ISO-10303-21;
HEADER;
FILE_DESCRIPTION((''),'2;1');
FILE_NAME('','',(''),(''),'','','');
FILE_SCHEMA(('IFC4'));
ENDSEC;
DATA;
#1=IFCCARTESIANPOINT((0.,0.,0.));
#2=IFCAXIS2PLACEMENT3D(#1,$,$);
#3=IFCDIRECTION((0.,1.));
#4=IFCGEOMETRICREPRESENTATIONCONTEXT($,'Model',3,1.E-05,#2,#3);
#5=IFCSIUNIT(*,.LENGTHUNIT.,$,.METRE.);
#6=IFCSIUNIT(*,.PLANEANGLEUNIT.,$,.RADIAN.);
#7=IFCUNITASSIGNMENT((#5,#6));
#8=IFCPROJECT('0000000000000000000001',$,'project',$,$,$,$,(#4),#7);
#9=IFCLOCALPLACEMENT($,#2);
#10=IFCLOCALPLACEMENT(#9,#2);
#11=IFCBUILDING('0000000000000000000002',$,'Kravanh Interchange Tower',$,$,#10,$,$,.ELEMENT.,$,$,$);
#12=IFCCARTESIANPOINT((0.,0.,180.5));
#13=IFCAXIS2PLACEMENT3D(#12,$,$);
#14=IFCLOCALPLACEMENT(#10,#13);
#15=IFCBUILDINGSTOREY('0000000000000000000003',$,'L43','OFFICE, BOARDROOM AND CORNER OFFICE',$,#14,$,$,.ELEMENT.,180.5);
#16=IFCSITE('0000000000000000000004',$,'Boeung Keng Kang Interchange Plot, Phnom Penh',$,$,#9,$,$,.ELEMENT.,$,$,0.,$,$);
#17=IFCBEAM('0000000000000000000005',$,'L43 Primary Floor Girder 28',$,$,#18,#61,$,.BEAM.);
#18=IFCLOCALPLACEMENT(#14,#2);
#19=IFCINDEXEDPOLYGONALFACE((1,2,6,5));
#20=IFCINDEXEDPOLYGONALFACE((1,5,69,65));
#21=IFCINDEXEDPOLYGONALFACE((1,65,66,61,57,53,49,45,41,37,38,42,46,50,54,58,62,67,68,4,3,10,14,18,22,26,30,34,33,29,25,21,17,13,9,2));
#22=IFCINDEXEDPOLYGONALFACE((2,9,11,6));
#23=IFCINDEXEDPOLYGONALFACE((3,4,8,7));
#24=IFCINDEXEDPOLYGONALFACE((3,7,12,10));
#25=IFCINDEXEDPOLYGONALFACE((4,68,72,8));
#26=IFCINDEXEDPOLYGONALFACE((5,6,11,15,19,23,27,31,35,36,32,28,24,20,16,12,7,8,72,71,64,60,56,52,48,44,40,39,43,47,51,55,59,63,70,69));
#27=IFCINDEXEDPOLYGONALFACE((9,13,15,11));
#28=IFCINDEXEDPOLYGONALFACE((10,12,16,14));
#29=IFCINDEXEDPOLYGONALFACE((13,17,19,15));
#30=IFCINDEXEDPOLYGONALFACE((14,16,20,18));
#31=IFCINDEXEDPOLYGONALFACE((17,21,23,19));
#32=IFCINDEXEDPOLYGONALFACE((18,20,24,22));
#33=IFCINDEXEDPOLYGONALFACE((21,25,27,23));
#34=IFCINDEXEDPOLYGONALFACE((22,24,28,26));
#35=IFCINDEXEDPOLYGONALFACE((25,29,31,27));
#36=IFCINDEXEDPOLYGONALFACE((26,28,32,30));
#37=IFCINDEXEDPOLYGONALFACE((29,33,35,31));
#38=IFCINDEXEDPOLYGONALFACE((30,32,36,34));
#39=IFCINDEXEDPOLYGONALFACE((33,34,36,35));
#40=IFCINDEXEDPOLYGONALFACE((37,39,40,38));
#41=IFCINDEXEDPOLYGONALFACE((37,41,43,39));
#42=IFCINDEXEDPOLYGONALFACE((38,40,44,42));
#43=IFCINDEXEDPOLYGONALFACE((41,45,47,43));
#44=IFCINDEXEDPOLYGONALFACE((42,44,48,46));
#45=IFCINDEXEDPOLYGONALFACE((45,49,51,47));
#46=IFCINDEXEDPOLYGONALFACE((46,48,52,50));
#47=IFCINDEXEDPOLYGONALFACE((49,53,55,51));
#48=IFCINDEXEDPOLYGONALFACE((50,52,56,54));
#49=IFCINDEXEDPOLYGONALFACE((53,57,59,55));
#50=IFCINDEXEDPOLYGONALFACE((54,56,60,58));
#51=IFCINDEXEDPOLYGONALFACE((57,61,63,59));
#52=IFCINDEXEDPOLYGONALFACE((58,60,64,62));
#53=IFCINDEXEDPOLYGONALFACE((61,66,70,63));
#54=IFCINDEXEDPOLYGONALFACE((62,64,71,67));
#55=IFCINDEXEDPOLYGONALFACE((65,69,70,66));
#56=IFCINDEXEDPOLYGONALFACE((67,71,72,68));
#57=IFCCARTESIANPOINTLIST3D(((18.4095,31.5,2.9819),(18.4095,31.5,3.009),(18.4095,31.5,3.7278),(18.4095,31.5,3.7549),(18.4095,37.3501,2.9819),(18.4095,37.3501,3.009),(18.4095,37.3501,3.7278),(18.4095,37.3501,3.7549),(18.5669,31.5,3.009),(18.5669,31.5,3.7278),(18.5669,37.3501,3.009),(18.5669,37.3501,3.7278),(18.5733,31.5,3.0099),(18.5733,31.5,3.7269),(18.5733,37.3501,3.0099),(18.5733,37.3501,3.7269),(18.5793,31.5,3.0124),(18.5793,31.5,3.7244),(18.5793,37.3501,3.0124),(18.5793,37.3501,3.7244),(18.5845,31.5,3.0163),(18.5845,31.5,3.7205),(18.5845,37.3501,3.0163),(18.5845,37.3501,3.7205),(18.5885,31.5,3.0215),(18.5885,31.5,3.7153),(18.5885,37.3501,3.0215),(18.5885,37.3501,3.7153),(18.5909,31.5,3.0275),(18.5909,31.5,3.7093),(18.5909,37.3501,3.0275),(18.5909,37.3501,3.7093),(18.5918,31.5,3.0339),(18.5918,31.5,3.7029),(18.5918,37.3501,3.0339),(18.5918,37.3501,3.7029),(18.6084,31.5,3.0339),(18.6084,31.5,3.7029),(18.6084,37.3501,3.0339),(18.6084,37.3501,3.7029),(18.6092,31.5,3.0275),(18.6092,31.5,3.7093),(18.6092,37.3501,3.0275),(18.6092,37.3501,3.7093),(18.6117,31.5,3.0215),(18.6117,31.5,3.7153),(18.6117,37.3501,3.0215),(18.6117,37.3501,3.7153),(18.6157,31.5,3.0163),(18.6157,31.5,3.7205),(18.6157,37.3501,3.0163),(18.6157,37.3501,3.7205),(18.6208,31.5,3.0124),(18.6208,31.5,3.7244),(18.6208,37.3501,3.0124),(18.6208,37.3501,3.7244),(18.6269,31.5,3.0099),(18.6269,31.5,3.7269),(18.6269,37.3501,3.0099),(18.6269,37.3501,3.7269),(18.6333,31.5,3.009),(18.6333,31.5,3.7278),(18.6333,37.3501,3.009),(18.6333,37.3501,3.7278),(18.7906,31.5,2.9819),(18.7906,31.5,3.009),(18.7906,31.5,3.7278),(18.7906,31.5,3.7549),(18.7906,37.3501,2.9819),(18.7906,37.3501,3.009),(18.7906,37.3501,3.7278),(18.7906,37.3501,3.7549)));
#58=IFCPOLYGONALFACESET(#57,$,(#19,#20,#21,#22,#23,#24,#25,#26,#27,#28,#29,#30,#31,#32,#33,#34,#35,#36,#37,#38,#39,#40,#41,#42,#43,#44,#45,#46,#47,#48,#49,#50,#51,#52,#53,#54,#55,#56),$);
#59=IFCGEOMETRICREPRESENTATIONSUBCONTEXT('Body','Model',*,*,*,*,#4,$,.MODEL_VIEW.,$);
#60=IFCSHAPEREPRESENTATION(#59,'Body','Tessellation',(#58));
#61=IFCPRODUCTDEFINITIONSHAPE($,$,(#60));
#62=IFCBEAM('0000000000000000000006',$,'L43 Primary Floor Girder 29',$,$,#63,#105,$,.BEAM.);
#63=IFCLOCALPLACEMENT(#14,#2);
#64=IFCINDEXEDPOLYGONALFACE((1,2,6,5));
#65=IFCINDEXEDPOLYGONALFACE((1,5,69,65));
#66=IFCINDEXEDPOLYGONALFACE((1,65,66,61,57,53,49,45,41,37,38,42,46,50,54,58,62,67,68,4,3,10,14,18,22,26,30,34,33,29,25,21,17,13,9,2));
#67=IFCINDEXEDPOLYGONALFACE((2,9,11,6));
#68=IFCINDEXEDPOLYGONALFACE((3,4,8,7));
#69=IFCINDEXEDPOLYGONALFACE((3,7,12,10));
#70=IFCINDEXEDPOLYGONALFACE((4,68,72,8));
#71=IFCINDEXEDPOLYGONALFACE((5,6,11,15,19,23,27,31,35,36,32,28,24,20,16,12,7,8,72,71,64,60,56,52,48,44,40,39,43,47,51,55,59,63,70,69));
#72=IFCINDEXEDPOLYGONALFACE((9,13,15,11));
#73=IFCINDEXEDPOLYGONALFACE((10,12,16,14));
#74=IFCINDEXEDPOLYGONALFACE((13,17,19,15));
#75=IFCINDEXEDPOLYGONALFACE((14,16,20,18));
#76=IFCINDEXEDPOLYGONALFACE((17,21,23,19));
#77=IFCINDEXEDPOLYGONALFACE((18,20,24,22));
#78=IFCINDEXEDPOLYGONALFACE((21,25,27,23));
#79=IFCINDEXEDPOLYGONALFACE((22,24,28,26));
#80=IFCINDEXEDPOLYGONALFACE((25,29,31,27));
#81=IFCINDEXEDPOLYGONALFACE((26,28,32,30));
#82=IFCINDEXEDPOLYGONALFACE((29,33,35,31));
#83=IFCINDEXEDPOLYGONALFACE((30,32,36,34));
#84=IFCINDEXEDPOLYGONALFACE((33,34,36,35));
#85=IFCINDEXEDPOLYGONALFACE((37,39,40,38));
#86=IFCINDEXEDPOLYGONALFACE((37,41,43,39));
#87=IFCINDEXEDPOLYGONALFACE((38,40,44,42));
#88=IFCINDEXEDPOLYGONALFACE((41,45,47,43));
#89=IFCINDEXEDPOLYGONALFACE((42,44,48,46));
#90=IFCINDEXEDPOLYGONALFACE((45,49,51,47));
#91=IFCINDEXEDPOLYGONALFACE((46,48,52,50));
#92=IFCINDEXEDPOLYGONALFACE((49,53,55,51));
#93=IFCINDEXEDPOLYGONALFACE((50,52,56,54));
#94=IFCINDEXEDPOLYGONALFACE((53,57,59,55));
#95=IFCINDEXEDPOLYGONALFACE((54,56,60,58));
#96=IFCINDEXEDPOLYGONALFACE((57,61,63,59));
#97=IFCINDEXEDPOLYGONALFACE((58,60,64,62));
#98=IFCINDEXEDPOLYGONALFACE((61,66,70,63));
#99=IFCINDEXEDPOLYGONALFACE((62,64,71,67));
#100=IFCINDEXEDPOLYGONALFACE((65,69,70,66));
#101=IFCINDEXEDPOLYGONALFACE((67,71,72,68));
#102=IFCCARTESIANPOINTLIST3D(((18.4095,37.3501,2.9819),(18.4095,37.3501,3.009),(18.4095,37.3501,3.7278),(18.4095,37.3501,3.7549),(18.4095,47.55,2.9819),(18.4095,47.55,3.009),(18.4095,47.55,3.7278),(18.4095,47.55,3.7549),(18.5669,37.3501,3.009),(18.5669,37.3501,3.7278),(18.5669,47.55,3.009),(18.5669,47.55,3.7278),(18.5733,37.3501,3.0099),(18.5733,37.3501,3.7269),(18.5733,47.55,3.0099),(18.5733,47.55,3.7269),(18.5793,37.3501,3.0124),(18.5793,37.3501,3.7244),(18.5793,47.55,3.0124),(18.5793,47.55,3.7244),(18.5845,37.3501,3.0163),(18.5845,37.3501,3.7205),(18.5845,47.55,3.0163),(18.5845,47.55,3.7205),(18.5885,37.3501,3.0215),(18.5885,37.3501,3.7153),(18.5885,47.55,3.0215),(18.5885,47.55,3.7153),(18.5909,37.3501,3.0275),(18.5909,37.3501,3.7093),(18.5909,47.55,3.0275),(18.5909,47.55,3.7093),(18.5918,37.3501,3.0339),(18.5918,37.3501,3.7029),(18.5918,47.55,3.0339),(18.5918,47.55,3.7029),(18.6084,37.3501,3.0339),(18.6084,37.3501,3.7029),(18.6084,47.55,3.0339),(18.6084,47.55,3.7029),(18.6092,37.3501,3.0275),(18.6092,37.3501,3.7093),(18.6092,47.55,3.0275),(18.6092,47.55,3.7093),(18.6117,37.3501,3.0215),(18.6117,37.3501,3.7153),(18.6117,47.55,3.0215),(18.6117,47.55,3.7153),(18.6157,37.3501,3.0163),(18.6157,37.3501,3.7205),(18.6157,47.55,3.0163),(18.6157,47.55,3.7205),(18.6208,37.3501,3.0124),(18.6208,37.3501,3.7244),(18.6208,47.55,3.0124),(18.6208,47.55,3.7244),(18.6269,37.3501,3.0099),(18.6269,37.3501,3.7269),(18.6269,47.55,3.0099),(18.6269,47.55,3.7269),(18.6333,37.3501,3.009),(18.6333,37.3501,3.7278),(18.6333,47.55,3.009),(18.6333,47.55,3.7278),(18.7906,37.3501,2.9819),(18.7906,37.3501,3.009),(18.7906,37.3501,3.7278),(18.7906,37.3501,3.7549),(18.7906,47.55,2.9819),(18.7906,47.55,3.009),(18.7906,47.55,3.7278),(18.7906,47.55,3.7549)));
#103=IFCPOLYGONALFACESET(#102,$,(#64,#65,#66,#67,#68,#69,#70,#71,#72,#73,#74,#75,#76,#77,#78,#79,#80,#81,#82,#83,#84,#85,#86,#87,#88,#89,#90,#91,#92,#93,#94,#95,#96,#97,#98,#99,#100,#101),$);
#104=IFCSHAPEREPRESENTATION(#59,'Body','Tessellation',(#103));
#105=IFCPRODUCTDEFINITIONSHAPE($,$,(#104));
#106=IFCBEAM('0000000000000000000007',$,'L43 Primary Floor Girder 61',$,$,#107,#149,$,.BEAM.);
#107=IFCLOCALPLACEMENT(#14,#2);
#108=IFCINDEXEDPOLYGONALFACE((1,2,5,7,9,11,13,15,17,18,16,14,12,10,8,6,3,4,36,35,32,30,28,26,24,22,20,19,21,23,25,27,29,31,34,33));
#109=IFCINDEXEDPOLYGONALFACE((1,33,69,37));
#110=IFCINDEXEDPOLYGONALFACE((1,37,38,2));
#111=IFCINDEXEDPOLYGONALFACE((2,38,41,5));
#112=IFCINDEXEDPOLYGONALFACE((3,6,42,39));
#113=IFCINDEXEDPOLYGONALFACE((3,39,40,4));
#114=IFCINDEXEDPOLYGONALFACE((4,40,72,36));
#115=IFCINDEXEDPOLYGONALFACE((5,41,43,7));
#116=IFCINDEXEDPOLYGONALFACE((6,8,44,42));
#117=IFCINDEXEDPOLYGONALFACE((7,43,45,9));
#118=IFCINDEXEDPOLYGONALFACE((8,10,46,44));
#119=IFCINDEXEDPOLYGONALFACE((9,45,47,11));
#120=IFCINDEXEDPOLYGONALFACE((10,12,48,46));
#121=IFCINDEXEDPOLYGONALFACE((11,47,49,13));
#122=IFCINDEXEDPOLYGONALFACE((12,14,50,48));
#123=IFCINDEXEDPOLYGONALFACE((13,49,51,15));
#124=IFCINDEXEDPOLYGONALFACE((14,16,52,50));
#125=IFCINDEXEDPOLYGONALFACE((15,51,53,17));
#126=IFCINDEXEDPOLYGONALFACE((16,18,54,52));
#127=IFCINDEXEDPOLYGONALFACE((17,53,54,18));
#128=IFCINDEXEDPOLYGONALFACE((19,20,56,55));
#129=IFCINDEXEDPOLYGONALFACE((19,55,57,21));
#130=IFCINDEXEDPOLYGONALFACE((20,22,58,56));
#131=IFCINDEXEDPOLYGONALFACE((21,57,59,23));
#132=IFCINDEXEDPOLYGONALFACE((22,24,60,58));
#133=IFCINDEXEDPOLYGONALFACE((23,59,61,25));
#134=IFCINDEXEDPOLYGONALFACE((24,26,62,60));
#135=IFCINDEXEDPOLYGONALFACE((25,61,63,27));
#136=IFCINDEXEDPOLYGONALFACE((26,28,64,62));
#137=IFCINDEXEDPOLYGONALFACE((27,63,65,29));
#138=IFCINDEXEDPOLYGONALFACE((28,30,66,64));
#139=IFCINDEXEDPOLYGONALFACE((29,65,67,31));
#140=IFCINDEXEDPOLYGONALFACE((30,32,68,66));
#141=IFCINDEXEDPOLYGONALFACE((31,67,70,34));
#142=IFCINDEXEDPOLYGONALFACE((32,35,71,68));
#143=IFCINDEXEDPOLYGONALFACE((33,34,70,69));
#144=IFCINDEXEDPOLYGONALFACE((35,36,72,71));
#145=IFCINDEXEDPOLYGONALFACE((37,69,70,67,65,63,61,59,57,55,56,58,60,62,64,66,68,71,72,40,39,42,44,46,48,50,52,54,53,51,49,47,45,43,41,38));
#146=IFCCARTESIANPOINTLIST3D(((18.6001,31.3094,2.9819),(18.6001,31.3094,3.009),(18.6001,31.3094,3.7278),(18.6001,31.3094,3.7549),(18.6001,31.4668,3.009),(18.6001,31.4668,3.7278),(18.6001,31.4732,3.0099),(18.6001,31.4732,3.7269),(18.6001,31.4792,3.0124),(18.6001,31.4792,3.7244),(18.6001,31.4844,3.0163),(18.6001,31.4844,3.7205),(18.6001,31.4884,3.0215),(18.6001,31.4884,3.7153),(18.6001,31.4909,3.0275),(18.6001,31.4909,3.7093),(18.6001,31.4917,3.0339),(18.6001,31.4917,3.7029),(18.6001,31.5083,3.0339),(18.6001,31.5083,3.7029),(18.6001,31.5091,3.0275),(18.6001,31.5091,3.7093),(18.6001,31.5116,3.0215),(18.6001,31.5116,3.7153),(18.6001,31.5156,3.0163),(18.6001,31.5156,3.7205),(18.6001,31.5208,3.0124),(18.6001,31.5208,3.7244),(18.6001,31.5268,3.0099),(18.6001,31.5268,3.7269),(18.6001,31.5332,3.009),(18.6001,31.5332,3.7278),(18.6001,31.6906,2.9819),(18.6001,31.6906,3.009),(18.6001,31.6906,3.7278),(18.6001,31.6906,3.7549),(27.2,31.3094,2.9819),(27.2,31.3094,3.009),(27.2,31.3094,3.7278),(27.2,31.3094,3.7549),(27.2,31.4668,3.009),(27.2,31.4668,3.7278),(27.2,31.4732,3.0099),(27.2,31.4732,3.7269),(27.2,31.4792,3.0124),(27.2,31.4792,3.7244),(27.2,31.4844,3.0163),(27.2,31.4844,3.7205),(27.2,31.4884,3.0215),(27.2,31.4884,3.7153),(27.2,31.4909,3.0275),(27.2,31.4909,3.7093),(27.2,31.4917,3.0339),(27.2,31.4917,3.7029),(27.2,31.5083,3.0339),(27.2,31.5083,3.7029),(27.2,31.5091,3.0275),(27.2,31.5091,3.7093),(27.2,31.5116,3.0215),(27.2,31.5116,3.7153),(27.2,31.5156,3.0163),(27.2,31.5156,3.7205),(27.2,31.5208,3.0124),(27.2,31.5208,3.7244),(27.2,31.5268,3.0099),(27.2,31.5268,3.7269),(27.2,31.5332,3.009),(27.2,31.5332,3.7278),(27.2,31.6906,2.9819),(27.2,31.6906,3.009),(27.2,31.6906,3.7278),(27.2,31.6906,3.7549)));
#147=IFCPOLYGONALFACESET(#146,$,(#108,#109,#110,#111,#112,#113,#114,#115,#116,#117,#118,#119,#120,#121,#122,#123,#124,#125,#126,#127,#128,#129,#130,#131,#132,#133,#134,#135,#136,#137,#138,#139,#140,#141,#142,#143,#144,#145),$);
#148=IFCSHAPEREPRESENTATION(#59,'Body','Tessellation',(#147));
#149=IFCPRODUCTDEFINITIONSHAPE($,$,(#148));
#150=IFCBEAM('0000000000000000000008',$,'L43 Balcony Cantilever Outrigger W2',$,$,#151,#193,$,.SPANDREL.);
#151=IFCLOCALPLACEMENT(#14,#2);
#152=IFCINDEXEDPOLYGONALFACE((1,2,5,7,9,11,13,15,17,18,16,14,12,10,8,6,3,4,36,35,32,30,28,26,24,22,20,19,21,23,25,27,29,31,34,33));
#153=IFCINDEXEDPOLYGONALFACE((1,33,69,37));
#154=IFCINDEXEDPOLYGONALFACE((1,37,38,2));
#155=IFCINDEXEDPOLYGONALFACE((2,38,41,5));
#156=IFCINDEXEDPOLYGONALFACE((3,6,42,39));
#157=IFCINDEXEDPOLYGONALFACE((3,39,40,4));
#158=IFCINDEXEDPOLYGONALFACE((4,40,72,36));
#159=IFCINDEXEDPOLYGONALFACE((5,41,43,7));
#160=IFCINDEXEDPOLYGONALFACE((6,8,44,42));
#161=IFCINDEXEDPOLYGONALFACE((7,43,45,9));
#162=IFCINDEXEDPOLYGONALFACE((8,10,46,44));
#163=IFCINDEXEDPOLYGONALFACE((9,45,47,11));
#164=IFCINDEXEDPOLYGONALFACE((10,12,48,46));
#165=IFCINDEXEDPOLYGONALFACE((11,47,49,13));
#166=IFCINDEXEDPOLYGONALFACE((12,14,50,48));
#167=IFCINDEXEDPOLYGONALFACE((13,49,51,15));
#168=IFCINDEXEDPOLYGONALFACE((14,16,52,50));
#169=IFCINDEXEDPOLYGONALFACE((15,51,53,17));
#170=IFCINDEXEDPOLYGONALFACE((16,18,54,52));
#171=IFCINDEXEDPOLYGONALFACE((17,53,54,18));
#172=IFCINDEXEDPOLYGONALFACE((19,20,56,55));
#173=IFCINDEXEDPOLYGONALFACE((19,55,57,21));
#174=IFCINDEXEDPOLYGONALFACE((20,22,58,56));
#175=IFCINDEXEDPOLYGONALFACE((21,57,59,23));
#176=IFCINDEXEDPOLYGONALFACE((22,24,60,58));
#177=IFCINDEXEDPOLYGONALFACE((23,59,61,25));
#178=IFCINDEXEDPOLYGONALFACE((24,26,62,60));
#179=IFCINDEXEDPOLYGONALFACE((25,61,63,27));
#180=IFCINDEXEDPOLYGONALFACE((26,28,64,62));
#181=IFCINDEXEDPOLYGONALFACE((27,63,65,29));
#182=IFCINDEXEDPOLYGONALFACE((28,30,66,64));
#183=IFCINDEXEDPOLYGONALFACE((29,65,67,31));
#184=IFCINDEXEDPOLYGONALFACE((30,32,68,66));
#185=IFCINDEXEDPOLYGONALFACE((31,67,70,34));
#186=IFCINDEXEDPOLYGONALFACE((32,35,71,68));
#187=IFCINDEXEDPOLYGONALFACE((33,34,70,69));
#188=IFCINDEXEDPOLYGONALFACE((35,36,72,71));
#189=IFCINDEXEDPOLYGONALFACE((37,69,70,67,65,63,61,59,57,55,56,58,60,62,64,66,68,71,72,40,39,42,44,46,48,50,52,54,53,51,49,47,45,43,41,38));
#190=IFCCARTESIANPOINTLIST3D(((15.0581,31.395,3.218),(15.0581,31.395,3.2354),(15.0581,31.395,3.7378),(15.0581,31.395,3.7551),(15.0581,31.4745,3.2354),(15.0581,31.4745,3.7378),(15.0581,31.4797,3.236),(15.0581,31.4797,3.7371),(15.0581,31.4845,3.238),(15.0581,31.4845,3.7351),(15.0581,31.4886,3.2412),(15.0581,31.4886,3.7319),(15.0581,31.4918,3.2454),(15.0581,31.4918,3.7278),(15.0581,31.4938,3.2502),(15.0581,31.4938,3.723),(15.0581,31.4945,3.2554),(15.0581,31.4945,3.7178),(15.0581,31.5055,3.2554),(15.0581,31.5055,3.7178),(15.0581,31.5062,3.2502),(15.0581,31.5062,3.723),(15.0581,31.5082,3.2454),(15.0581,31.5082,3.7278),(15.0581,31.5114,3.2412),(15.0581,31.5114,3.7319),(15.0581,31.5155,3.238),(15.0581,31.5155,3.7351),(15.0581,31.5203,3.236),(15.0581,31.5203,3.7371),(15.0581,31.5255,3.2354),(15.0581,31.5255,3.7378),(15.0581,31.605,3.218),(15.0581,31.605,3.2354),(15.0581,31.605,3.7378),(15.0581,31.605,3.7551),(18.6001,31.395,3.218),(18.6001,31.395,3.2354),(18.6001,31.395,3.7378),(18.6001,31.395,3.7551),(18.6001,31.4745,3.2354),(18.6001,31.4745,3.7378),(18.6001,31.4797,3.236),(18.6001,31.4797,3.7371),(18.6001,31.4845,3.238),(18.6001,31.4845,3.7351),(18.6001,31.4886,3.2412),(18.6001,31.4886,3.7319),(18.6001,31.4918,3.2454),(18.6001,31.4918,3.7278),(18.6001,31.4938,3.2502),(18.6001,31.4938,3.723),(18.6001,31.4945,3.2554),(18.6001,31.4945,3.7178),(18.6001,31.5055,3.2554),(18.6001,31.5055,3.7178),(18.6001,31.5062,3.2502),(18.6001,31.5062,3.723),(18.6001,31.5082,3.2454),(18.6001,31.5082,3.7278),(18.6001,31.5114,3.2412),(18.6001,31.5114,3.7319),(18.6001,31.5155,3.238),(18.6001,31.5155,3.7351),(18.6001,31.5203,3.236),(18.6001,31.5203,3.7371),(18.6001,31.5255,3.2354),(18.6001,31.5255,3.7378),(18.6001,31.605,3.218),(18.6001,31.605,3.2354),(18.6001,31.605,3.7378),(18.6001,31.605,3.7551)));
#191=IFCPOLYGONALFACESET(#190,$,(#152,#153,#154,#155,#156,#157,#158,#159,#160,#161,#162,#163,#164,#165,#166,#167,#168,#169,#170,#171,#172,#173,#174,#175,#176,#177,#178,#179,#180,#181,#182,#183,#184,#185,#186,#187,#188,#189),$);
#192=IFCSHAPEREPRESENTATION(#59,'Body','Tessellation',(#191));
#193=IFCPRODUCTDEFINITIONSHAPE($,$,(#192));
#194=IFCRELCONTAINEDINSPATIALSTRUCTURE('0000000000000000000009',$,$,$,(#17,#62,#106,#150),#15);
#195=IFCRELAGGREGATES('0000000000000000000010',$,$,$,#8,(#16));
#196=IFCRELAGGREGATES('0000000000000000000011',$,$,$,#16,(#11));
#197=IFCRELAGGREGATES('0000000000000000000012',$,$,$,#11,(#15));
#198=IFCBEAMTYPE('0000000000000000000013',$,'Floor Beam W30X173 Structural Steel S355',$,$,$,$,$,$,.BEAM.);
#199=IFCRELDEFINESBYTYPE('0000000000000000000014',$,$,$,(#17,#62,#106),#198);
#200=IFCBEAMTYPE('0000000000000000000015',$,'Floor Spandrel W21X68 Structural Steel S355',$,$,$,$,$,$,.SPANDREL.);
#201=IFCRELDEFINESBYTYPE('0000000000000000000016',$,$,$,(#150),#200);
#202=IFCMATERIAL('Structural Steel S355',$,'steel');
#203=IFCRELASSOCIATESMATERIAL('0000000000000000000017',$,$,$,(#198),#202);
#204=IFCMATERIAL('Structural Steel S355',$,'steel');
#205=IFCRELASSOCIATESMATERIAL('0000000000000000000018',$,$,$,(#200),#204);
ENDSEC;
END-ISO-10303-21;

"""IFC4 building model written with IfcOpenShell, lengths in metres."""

from ifc_helpers import new_model, si_unit, direction, frame, origin, origin_2d, place, context, subcontext, project, spatial, i_section, extrude, material, material_profile, profile_set, type_object, element, save


model = new_model("IFC4")

# Units and contexts
model_context = context("Model", 3, precision=1e-05, world=origin(), true_north=direction((0.0, 1.0)))
body_context = subcontext(model_context, "Body", "Model", "MODEL_VIEW")
ifc_project = project(units=[si_unit("LENGTHUNIT", "METRE"), si_unit("PLANEANGLEUNIT", "RADIAN")], contexts=[model_context])

# Site, building, storey
site_placement = place(None, origin())
site = spatial("IfcSite", under=ifc_project, at=site_placement, Name="Boeung Keng Kang Interchange Plot, Phnom Penh", CompositionType="ELEMENT", RefElevation=0.0)
building_placement = place(site_placement, origin())
building = spatial("IfcBuilding", under=site, at=building_placement, Name="Kravanh Interchange Tower", CompositionType="ELEMENT")
storey_placement = place(building_placement, frame((0.0, 0.0, 180.5)))
storey = spatial("IfcBuildingStorey", under=building, at=storey_placement, Name="L43", Description="OFFICE, BOARDROOM AND CORNER OFFICE", CompositionType="ELEMENT", Elevation=180.5)

# Beams
ifc_material_1 = material(Name="Structural Steel S355", Category="steel")
ifc_material_profile_1 = material_profile(ifc_material_1, i_section(OverallWidth=0.3811, OverallDepth=0.7729, WebThickness=0.0166, FlangeThickness=0.0271, FilletRadius=0.0249, at=origin_2d()), Name="W30X173")
ifc_profile_set_1 = profile_set([ifc_material_profile_1], Name="Structural Steel S355")
beam_type_1 = type_object("IfcBeamType", Name="Floor Beam W30X173 Structural Steel S355", PredefinedType="BEAM", material=ifc_profile_set_1)
beam_1_placement = place(storey_placement, frame((18.6001, 37.3501, 3.3684), z_axis=(0.0, -1.0, 0.0), x_axis=(1.0, 0.0, 0.0)))
element("IfcBeam", 1, at=beam_1_placement, inside=storey, type_object=beam_type_1, Name="L43 Primary Floor Girder 28", PredefinedType="BEAM", context=body_context, shape_type="SweptSolid", body=[
    extrude(i_section(OverallWidth=0.3811, OverallDepth=0.7729, WebThickness=0.0166, FlangeThickness=0.0271, FilletRadius=0.0249, at=origin_2d()), origin(), (0.0, 0.0, 1.0), 5.8501),
])
beam_2_placement = place(storey_placement, frame((18.6001, 37.3501, 3.3684), z_axis=(0.0, 1.0, 0.0), x_axis=(-1.0, 0.0, 0.0)))
element("IfcBeam", 2, at=beam_2_placement, inside=storey, type_object=beam_type_1, Name="L43 Primary Floor Girder 29", PredefinedType="BEAM", context=body_context, shape_type="SweptSolid", body=[
    extrude(i_section(OverallWidth=0.3811, OverallDepth=0.7729, WebThickness=0.0166, FlangeThickness=0.0271, FilletRadius=0.0249, at=origin_2d()), origin(), (0.0, 0.0, 1.0), 10.2),
])
beam_3_placement = place(storey_placement, frame((18.6001, 31.5, 3.3684), z_axis=(1.0, 0.0, 0.0), x_axis=(0.0, 1.0, 0.0)))
element("IfcBeam", 3, at=beam_3_placement, inside=storey, type_object=beam_type_1, Name="L43 Primary Floor Girder 61", PredefinedType="BEAM", context=body_context, shape_type="SweptSolid", body=[
    extrude(i_section(OverallWidth=0.3811, OverallDepth=0.7729, WebThickness=0.0166, FlangeThickness=0.0271, FilletRadius=0.0249, at=origin_2d()), origin(), (0.0, 0.0, 1.0), 8.5999),
])
ifc_material_2 = material(Name="Structural Steel S355", Category="steel")
ifc_material_profile_2 = material_profile(ifc_material_2, i_section(OverallWidth=0.21, OverallDepth=0.5371, WebThickness=0.011, FlangeThickness=0.0173, FilletRadius=0.02, at=origin_2d()), Name="W21X68")
ifc_profile_set_2 = profile_set([ifc_material_profile_2], Name="Structural Steel S355")
beam_type_2 = type_object("IfcBeamType", Name="Floor Spandrel W21X68 Structural Steel S355", PredefinedType="SPANDREL", material=ifc_profile_set_2)
beam_4_placement = place(storey_placement, frame((18.6001, 31.5, 3.4866), z_axis=(-1.0, 0.0, 0.0), x_axis=(0.0, -1.0, 0.0)))
element("IfcBeam", 4, at=beam_4_placement, inside=storey, type_object=beam_type_2, Name="L43 Balcony Cantilever Outrigger W2", PredefinedType="SPANDREL", context=body_context, shape_type="SweptSolid", body=[
    extrude(i_section(OverallWidth=0.21, OverallDepth=0.5371, WebThickness=0.011, FlangeThickness=0.0173, FilletRadius=0.02, at=origin_2d()), origin(), (0.0, 0.0, 1.0), 3.542),
])

save(model, "model.ifc")
